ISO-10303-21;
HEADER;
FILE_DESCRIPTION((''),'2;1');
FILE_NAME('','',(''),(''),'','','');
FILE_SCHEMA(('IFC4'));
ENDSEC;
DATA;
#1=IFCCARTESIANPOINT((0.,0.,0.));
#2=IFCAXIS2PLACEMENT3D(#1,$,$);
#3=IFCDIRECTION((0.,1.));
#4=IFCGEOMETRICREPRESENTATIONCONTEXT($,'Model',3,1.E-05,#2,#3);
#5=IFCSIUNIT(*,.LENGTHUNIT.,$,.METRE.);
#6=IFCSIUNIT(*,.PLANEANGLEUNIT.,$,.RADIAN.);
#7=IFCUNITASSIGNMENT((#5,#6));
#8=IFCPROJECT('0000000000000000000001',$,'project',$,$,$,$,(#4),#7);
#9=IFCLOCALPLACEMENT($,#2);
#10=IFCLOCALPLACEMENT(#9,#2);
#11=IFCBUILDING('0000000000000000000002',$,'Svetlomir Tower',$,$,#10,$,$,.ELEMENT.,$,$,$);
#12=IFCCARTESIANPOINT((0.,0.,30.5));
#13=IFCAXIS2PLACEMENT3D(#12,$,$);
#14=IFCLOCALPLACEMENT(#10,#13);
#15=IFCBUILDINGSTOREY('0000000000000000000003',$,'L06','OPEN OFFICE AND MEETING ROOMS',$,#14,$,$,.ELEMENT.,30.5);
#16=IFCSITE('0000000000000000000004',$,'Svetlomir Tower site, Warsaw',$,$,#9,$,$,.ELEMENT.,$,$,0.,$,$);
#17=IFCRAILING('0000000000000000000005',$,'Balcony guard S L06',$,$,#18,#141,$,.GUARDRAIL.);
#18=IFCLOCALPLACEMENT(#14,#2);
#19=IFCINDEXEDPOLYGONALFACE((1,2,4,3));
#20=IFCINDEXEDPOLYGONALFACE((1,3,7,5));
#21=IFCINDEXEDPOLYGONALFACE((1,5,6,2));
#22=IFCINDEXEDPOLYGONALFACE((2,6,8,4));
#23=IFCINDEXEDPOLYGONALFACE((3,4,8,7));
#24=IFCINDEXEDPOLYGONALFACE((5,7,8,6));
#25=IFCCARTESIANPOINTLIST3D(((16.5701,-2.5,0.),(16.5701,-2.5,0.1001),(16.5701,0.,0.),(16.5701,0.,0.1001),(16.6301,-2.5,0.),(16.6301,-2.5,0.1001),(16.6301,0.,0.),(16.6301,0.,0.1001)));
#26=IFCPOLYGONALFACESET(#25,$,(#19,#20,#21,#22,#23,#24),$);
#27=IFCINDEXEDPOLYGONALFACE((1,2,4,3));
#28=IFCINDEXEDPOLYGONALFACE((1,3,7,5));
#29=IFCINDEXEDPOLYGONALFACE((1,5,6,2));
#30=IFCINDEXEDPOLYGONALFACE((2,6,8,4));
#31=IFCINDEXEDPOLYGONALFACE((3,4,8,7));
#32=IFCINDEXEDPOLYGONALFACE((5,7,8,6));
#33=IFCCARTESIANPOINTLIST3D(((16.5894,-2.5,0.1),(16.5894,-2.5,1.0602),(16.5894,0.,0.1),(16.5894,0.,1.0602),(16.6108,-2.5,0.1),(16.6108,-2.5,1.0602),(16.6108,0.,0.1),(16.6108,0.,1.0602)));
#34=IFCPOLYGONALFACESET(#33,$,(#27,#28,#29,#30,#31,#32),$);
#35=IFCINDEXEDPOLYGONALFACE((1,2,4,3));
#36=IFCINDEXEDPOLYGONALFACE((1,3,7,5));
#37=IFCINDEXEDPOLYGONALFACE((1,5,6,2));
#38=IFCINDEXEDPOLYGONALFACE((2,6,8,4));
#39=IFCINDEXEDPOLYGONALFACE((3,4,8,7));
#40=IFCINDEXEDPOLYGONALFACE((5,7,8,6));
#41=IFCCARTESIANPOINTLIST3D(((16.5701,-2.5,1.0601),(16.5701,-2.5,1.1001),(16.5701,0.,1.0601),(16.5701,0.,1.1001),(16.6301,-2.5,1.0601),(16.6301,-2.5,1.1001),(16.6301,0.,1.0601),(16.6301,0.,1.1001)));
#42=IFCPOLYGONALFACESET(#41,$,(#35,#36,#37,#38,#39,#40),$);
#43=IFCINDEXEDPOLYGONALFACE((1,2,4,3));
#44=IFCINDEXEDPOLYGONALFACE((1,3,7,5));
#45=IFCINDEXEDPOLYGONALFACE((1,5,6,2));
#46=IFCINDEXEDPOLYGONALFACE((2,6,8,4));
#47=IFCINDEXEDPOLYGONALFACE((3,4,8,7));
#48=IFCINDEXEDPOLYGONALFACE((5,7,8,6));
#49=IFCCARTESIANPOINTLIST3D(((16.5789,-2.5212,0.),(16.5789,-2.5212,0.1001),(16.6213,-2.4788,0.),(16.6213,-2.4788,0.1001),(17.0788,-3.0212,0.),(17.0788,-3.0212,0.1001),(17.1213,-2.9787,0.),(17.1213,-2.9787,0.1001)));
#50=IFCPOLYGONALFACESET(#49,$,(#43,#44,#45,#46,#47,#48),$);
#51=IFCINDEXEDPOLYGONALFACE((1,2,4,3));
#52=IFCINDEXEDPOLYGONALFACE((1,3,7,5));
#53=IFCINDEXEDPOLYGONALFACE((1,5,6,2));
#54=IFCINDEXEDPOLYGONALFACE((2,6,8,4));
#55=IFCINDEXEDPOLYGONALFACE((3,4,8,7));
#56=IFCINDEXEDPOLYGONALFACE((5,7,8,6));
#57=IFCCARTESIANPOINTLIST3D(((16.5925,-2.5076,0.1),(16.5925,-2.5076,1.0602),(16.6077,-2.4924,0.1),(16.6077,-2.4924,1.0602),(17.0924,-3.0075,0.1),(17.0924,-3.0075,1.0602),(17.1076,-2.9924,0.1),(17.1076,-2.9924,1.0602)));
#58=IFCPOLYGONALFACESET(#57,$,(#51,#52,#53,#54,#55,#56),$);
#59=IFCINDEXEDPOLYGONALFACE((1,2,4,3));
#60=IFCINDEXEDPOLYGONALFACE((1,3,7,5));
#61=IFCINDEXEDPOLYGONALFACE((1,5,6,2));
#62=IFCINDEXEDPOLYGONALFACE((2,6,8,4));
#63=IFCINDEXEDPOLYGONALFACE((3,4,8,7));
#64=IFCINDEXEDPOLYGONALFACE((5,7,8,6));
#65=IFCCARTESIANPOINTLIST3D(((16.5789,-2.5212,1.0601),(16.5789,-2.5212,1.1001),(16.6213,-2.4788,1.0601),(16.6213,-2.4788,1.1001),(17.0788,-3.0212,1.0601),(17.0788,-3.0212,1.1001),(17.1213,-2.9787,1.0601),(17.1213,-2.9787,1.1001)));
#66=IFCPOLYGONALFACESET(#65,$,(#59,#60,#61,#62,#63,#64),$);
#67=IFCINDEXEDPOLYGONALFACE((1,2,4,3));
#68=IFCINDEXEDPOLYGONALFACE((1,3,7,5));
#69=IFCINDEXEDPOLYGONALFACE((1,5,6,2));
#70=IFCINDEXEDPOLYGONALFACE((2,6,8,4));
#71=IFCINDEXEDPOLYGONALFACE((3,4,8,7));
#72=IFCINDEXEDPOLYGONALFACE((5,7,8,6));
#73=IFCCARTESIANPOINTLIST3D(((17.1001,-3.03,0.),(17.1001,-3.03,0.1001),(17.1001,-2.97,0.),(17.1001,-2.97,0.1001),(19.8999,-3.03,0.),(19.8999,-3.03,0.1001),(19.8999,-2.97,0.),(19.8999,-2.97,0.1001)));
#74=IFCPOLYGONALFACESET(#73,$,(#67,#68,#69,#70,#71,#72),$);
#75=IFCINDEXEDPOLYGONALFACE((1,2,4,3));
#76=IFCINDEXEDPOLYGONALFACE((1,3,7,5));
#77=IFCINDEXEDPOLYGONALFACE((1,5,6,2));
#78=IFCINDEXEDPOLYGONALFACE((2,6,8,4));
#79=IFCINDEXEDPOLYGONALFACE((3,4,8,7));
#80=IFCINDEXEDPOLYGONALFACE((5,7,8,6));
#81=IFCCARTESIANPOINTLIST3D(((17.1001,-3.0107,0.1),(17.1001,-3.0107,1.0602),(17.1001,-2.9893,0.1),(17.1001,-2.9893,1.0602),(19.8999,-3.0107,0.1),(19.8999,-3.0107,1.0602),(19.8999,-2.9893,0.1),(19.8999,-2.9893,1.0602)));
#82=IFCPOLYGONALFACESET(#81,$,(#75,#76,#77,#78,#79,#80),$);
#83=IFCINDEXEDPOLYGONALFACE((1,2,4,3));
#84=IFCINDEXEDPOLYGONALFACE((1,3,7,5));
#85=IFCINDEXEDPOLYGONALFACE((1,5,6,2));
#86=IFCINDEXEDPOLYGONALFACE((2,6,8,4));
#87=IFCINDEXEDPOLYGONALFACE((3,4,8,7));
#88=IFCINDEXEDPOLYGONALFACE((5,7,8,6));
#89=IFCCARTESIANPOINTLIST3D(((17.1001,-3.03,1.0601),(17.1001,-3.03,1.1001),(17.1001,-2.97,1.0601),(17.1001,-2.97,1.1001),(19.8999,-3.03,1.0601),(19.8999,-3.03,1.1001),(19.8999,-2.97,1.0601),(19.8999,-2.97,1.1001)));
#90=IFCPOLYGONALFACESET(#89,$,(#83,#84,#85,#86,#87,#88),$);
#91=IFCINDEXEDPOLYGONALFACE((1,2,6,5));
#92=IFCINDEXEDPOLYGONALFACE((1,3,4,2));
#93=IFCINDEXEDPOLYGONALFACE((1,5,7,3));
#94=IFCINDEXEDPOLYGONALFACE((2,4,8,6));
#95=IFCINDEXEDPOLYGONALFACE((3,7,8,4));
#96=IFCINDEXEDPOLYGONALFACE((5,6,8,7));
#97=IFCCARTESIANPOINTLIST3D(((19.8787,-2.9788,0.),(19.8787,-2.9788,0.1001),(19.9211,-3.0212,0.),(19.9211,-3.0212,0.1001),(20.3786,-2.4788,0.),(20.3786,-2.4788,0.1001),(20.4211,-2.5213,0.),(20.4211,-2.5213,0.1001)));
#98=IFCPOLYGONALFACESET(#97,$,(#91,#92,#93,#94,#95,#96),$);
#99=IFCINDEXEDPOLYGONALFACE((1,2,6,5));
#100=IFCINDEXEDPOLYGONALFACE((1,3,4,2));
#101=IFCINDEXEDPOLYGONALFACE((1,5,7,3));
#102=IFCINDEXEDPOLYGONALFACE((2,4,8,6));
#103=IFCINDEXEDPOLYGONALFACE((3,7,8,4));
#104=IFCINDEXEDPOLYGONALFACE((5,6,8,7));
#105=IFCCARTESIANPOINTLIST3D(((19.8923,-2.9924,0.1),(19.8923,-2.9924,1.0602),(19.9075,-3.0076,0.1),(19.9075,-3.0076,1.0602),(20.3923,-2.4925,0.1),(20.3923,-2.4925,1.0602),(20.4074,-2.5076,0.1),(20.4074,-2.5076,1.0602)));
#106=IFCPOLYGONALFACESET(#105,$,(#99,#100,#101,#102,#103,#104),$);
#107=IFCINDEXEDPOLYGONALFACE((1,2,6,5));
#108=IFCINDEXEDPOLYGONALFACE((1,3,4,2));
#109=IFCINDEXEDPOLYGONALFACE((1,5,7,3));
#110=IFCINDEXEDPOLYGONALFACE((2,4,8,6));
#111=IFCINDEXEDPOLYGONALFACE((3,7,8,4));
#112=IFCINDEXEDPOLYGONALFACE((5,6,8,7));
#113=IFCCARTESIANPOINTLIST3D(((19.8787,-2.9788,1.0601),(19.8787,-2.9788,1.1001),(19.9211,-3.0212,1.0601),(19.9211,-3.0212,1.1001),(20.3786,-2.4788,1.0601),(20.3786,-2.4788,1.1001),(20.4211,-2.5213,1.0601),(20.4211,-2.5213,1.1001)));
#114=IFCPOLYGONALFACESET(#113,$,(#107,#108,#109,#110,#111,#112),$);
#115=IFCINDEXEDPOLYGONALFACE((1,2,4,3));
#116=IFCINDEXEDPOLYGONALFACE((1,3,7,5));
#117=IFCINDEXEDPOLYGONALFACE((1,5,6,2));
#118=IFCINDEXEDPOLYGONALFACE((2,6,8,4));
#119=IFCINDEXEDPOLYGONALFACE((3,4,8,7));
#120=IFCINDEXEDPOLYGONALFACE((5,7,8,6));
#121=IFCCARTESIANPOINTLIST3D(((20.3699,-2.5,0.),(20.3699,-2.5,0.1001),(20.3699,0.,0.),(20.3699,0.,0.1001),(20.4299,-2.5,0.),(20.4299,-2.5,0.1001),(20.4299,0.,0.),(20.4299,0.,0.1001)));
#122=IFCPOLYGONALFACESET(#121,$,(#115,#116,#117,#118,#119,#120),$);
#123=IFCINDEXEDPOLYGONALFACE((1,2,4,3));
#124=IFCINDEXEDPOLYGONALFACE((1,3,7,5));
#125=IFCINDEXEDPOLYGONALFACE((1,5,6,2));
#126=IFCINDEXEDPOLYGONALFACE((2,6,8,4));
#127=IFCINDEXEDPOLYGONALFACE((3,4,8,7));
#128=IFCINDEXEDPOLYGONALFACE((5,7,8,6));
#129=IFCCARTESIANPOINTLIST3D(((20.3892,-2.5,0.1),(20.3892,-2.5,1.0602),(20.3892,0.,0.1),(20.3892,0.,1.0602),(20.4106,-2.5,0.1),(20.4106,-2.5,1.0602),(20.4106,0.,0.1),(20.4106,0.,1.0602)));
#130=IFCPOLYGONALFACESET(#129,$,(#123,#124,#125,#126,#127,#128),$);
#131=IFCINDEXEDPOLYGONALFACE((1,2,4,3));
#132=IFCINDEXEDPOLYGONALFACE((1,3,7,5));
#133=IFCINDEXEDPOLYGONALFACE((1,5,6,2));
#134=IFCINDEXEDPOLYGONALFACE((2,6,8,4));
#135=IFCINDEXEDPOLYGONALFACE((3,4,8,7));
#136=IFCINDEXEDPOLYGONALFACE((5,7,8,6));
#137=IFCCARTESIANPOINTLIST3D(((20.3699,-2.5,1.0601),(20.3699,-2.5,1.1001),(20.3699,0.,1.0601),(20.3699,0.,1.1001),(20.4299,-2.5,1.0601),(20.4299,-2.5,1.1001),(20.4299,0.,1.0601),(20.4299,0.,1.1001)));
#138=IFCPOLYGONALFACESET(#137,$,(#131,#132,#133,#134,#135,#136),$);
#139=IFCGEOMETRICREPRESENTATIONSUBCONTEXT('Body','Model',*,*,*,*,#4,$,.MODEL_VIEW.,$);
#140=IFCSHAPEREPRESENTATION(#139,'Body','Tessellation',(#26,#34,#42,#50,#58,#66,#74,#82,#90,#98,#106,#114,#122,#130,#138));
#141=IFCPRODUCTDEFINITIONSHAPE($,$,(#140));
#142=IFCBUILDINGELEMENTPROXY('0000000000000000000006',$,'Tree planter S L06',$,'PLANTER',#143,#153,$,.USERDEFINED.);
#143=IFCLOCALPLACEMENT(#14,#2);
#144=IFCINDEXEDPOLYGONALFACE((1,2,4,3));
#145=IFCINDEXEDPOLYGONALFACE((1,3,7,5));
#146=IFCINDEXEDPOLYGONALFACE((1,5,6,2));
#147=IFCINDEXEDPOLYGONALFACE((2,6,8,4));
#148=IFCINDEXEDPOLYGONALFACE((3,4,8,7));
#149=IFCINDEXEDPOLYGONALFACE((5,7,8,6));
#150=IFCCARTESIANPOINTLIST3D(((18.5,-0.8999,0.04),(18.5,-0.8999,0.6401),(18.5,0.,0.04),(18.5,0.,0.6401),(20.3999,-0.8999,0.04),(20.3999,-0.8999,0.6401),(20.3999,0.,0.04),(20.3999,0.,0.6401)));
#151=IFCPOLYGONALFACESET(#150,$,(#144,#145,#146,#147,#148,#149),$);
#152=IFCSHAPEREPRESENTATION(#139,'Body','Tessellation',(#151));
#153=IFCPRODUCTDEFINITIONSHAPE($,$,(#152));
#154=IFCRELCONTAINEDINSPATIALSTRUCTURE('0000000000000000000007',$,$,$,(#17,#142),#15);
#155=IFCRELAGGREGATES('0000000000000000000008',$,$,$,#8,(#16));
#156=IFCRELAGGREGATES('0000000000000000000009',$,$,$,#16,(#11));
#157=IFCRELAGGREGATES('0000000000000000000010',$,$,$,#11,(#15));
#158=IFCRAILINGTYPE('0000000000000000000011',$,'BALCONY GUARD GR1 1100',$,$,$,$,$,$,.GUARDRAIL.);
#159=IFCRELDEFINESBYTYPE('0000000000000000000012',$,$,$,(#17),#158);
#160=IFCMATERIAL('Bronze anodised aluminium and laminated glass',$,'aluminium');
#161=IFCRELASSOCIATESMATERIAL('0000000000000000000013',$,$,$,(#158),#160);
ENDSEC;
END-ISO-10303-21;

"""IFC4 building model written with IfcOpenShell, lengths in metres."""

from ifc_helpers import new_model, si_unit, direction, frame, origin, origin_2d, place, context, subcontext, project, spatial, rectangle, extrude, material, type_object, element, save


model = new_model("IFC4")

# Units and contexts
model_context = context("Model", 3, precision=1e-05, world=origin(), true_north=direction((0.0, 1.0)))
body_context = subcontext(model_context, "Body", "Model", "MODEL_VIEW")
ifc_project = project(units=[si_unit("LENGTHUNIT", "METRE"), si_unit("PLANEANGLEUNIT", "RADIAN")], contexts=[model_context])

# Site, building, storey
site_placement = place(None, origin())
site = spatial("IfcSite", under=ifc_project, at=site_placement, Name="Svetlomir Tower site, Warsaw", CompositionType="ELEMENT", RefElevation=0.0)
building_placement = place(site_placement, origin())
building = spatial("IfcBuilding", under=site, at=building_placement, Name="Svetlomir Tower", CompositionType="ELEMENT")
storey_placement = place(building_placement, frame((0.0, 0.0, 30.5)))
storey = spatial("IfcBuildingStorey", under=building, at=storey_placement, Name="L06", Description="OPEN OFFICE AND MEETING ROOMS", CompositionType="ELEMENT", Elevation=30.5)

# Railing
ifc_material_1 = material(Name="Bronze anodised aluminium and laminated glass", Category="aluminium")
railing_type = type_object("IfcRailingType", Name="BALCONY GUARD GR1 1100", PredefinedType="GUARDRAIL", material=ifc_material_1)
railing_placement = place(storey_placement, frame((16.6001, 0.0, 0.0)))
element("IfcRailing", 1, at=railing_placement, inside=storey, type_object=railing_type, Name="Balcony guard S L06", PredefinedType="GUARDRAIL", context=body_context, shape_type="SweptSolid", body=[
    extrude(rectangle(XDim=0.0601, YDim=0.1001, at=origin_2d()), frame((0.0, 0.0, 0.05), z_axis=(0.0, -1.0, 0.0), x_axis=(1.0, 0.0, 0.0)), (0.0, 0.0, 1.0), 2.5),
    extrude(rectangle(XDim=0.0215, YDim=0.9602, at=origin_2d()), frame((0.0, 0.0, 0.5801), z_axis=(0.0, -1.0, 0.0), x_axis=(1.0, 0.0, 0.0)), (0.0, 0.0, 1.0), 2.5),
    extrude(rectangle(XDim=0.0601, YDim=0.04, at=origin_2d()), frame((0.0, 0.0, 1.0801), z_axis=(0.0, -1.0, 0.0), x_axis=(1.0, 0.0, 0.0)), (0.0, 0.0, 1.0), 2.5),
    extrude(rectangle(XDim=0.0601, YDim=0.1001, at=origin_2d()), frame((0.0, -2.5, 0.05), z_axis=(0.707107, -0.707107, 0.0), x_axis=(0.707107, 0.707107, 0.0)), (0.0, 0.0, 1.0), 0.707),
    extrude(rectangle(XDim=0.0215, YDim=0.9602, at=origin_2d()), frame((0.0, -2.5, 0.5801), z_axis=(0.707107, -0.707107, 0.0), x_axis=(0.707107, 0.707107, 0.0)), (0.0, 0.0, 1.0), 0.707),
    extrude(rectangle(XDim=0.0601, YDim=0.04, at=origin_2d()), frame((0.0, -2.5, 1.0801), z_axis=(0.707107, -0.707107, 0.0), x_axis=(0.707107, 0.707107, 0.0)), (0.0, 0.0, 1.0), 0.707),
    extrude(rectangle(XDim=0.0601, YDim=0.1001, at=origin_2d()), frame((0.5, -3.0, 0.05), z_axis=(1.0, 0.0, 0.0), x_axis=(0.0, 1.0, 0.0)), (0.0, 0.0, 1.0), 2.7998),
    extrude(rectangle(XDim=0.0215, YDim=0.9602, at=origin_2d()), frame((0.5, -3.0, 0.5801), z_axis=(1.0, 0.0, 0.0), x_axis=(0.0, 1.0, 0.0)), (0.0, 0.0, 1.0), 2.7998),
    extrude(rectangle(XDim=0.0601, YDim=0.04, at=origin_2d()), frame((0.5, -3.0, 1.0801), z_axis=(1.0, 0.0, 0.0), x_axis=(0.0, 1.0, 0.0)), (0.0, 0.0, 1.0), 2.7998),
    extrude(rectangle(XDim=0.0601, YDim=0.1001, at=origin_2d()), frame((3.2998, -3.0, 0.05), z_axis=(0.707107, 0.707107, 0.0), x_axis=(-0.707107, 0.707107, 0.0)), (0.0, 0.0, 1.0), 0.707),
    extrude(rectangle(XDim=0.0215, YDim=0.9602, at=origin_2d()), frame((3.2998, -3.0, 0.5801), z_axis=(0.707107, 0.707107, 0.0), x_axis=(-0.707107, 0.707107, 0.0)), (0.0, 0.0, 1.0), 0.707),
    extrude(rectangle(XDim=0.0601, YDim=0.04, at=origin_2d()), frame((3.2998, -3.0, 1.0801), z_axis=(0.707107, 0.707107, 0.0), x_axis=(-0.707107, 0.707107, 0.0)), (0.0, 0.0, 1.0), 0.707),
    extrude(rectangle(XDim=0.0601, YDim=0.1001, at=origin_2d()), frame((3.7998, -2.5, 0.05), z_axis=(0.0, 1.0, 0.0), x_axis=(-1.0, 0.0, 0.0)), (0.0, 0.0, 1.0), 2.5),
    extrude(rectangle(XDim=0.0215, YDim=0.9602, at=origin_2d()), frame((3.7998, -2.5, 0.5801), z_axis=(0.0, 1.0, 0.0), x_axis=(-1.0, 0.0, 0.0)), (0.0, 0.0, 1.0), 2.5),
    extrude(rectangle(XDim=0.0601, YDim=0.04, at=origin_2d()), frame((3.7998, -2.5, 1.0801), z_axis=(0.0, 1.0, 0.0), x_axis=(-1.0, 0.0, 0.0)), (0.0, 0.0, 1.0), 2.5),
])

# Building element proxy
proxy_placement = place(storey_placement, frame((19.45, -0.45, 0.04), z_axis=(0.0, 0.0, 1.0), x_axis=(1.0, 0.0, 0.0)))
element("IfcBuildingElementProxy", 2, at=proxy_placement, inside=storey, Name="Tree planter S L06", ObjectType="PLANTER", PredefinedType="USERDEFINED", context=body_context, shape_type="SweptSolid", body=[
    extrude(rectangle(XDim=1.8999, YDim=0.8999, at=origin_2d()), origin(), (0.0, 0.0, 1.0), 0.6001),
])

save(model, "model.ifc")
